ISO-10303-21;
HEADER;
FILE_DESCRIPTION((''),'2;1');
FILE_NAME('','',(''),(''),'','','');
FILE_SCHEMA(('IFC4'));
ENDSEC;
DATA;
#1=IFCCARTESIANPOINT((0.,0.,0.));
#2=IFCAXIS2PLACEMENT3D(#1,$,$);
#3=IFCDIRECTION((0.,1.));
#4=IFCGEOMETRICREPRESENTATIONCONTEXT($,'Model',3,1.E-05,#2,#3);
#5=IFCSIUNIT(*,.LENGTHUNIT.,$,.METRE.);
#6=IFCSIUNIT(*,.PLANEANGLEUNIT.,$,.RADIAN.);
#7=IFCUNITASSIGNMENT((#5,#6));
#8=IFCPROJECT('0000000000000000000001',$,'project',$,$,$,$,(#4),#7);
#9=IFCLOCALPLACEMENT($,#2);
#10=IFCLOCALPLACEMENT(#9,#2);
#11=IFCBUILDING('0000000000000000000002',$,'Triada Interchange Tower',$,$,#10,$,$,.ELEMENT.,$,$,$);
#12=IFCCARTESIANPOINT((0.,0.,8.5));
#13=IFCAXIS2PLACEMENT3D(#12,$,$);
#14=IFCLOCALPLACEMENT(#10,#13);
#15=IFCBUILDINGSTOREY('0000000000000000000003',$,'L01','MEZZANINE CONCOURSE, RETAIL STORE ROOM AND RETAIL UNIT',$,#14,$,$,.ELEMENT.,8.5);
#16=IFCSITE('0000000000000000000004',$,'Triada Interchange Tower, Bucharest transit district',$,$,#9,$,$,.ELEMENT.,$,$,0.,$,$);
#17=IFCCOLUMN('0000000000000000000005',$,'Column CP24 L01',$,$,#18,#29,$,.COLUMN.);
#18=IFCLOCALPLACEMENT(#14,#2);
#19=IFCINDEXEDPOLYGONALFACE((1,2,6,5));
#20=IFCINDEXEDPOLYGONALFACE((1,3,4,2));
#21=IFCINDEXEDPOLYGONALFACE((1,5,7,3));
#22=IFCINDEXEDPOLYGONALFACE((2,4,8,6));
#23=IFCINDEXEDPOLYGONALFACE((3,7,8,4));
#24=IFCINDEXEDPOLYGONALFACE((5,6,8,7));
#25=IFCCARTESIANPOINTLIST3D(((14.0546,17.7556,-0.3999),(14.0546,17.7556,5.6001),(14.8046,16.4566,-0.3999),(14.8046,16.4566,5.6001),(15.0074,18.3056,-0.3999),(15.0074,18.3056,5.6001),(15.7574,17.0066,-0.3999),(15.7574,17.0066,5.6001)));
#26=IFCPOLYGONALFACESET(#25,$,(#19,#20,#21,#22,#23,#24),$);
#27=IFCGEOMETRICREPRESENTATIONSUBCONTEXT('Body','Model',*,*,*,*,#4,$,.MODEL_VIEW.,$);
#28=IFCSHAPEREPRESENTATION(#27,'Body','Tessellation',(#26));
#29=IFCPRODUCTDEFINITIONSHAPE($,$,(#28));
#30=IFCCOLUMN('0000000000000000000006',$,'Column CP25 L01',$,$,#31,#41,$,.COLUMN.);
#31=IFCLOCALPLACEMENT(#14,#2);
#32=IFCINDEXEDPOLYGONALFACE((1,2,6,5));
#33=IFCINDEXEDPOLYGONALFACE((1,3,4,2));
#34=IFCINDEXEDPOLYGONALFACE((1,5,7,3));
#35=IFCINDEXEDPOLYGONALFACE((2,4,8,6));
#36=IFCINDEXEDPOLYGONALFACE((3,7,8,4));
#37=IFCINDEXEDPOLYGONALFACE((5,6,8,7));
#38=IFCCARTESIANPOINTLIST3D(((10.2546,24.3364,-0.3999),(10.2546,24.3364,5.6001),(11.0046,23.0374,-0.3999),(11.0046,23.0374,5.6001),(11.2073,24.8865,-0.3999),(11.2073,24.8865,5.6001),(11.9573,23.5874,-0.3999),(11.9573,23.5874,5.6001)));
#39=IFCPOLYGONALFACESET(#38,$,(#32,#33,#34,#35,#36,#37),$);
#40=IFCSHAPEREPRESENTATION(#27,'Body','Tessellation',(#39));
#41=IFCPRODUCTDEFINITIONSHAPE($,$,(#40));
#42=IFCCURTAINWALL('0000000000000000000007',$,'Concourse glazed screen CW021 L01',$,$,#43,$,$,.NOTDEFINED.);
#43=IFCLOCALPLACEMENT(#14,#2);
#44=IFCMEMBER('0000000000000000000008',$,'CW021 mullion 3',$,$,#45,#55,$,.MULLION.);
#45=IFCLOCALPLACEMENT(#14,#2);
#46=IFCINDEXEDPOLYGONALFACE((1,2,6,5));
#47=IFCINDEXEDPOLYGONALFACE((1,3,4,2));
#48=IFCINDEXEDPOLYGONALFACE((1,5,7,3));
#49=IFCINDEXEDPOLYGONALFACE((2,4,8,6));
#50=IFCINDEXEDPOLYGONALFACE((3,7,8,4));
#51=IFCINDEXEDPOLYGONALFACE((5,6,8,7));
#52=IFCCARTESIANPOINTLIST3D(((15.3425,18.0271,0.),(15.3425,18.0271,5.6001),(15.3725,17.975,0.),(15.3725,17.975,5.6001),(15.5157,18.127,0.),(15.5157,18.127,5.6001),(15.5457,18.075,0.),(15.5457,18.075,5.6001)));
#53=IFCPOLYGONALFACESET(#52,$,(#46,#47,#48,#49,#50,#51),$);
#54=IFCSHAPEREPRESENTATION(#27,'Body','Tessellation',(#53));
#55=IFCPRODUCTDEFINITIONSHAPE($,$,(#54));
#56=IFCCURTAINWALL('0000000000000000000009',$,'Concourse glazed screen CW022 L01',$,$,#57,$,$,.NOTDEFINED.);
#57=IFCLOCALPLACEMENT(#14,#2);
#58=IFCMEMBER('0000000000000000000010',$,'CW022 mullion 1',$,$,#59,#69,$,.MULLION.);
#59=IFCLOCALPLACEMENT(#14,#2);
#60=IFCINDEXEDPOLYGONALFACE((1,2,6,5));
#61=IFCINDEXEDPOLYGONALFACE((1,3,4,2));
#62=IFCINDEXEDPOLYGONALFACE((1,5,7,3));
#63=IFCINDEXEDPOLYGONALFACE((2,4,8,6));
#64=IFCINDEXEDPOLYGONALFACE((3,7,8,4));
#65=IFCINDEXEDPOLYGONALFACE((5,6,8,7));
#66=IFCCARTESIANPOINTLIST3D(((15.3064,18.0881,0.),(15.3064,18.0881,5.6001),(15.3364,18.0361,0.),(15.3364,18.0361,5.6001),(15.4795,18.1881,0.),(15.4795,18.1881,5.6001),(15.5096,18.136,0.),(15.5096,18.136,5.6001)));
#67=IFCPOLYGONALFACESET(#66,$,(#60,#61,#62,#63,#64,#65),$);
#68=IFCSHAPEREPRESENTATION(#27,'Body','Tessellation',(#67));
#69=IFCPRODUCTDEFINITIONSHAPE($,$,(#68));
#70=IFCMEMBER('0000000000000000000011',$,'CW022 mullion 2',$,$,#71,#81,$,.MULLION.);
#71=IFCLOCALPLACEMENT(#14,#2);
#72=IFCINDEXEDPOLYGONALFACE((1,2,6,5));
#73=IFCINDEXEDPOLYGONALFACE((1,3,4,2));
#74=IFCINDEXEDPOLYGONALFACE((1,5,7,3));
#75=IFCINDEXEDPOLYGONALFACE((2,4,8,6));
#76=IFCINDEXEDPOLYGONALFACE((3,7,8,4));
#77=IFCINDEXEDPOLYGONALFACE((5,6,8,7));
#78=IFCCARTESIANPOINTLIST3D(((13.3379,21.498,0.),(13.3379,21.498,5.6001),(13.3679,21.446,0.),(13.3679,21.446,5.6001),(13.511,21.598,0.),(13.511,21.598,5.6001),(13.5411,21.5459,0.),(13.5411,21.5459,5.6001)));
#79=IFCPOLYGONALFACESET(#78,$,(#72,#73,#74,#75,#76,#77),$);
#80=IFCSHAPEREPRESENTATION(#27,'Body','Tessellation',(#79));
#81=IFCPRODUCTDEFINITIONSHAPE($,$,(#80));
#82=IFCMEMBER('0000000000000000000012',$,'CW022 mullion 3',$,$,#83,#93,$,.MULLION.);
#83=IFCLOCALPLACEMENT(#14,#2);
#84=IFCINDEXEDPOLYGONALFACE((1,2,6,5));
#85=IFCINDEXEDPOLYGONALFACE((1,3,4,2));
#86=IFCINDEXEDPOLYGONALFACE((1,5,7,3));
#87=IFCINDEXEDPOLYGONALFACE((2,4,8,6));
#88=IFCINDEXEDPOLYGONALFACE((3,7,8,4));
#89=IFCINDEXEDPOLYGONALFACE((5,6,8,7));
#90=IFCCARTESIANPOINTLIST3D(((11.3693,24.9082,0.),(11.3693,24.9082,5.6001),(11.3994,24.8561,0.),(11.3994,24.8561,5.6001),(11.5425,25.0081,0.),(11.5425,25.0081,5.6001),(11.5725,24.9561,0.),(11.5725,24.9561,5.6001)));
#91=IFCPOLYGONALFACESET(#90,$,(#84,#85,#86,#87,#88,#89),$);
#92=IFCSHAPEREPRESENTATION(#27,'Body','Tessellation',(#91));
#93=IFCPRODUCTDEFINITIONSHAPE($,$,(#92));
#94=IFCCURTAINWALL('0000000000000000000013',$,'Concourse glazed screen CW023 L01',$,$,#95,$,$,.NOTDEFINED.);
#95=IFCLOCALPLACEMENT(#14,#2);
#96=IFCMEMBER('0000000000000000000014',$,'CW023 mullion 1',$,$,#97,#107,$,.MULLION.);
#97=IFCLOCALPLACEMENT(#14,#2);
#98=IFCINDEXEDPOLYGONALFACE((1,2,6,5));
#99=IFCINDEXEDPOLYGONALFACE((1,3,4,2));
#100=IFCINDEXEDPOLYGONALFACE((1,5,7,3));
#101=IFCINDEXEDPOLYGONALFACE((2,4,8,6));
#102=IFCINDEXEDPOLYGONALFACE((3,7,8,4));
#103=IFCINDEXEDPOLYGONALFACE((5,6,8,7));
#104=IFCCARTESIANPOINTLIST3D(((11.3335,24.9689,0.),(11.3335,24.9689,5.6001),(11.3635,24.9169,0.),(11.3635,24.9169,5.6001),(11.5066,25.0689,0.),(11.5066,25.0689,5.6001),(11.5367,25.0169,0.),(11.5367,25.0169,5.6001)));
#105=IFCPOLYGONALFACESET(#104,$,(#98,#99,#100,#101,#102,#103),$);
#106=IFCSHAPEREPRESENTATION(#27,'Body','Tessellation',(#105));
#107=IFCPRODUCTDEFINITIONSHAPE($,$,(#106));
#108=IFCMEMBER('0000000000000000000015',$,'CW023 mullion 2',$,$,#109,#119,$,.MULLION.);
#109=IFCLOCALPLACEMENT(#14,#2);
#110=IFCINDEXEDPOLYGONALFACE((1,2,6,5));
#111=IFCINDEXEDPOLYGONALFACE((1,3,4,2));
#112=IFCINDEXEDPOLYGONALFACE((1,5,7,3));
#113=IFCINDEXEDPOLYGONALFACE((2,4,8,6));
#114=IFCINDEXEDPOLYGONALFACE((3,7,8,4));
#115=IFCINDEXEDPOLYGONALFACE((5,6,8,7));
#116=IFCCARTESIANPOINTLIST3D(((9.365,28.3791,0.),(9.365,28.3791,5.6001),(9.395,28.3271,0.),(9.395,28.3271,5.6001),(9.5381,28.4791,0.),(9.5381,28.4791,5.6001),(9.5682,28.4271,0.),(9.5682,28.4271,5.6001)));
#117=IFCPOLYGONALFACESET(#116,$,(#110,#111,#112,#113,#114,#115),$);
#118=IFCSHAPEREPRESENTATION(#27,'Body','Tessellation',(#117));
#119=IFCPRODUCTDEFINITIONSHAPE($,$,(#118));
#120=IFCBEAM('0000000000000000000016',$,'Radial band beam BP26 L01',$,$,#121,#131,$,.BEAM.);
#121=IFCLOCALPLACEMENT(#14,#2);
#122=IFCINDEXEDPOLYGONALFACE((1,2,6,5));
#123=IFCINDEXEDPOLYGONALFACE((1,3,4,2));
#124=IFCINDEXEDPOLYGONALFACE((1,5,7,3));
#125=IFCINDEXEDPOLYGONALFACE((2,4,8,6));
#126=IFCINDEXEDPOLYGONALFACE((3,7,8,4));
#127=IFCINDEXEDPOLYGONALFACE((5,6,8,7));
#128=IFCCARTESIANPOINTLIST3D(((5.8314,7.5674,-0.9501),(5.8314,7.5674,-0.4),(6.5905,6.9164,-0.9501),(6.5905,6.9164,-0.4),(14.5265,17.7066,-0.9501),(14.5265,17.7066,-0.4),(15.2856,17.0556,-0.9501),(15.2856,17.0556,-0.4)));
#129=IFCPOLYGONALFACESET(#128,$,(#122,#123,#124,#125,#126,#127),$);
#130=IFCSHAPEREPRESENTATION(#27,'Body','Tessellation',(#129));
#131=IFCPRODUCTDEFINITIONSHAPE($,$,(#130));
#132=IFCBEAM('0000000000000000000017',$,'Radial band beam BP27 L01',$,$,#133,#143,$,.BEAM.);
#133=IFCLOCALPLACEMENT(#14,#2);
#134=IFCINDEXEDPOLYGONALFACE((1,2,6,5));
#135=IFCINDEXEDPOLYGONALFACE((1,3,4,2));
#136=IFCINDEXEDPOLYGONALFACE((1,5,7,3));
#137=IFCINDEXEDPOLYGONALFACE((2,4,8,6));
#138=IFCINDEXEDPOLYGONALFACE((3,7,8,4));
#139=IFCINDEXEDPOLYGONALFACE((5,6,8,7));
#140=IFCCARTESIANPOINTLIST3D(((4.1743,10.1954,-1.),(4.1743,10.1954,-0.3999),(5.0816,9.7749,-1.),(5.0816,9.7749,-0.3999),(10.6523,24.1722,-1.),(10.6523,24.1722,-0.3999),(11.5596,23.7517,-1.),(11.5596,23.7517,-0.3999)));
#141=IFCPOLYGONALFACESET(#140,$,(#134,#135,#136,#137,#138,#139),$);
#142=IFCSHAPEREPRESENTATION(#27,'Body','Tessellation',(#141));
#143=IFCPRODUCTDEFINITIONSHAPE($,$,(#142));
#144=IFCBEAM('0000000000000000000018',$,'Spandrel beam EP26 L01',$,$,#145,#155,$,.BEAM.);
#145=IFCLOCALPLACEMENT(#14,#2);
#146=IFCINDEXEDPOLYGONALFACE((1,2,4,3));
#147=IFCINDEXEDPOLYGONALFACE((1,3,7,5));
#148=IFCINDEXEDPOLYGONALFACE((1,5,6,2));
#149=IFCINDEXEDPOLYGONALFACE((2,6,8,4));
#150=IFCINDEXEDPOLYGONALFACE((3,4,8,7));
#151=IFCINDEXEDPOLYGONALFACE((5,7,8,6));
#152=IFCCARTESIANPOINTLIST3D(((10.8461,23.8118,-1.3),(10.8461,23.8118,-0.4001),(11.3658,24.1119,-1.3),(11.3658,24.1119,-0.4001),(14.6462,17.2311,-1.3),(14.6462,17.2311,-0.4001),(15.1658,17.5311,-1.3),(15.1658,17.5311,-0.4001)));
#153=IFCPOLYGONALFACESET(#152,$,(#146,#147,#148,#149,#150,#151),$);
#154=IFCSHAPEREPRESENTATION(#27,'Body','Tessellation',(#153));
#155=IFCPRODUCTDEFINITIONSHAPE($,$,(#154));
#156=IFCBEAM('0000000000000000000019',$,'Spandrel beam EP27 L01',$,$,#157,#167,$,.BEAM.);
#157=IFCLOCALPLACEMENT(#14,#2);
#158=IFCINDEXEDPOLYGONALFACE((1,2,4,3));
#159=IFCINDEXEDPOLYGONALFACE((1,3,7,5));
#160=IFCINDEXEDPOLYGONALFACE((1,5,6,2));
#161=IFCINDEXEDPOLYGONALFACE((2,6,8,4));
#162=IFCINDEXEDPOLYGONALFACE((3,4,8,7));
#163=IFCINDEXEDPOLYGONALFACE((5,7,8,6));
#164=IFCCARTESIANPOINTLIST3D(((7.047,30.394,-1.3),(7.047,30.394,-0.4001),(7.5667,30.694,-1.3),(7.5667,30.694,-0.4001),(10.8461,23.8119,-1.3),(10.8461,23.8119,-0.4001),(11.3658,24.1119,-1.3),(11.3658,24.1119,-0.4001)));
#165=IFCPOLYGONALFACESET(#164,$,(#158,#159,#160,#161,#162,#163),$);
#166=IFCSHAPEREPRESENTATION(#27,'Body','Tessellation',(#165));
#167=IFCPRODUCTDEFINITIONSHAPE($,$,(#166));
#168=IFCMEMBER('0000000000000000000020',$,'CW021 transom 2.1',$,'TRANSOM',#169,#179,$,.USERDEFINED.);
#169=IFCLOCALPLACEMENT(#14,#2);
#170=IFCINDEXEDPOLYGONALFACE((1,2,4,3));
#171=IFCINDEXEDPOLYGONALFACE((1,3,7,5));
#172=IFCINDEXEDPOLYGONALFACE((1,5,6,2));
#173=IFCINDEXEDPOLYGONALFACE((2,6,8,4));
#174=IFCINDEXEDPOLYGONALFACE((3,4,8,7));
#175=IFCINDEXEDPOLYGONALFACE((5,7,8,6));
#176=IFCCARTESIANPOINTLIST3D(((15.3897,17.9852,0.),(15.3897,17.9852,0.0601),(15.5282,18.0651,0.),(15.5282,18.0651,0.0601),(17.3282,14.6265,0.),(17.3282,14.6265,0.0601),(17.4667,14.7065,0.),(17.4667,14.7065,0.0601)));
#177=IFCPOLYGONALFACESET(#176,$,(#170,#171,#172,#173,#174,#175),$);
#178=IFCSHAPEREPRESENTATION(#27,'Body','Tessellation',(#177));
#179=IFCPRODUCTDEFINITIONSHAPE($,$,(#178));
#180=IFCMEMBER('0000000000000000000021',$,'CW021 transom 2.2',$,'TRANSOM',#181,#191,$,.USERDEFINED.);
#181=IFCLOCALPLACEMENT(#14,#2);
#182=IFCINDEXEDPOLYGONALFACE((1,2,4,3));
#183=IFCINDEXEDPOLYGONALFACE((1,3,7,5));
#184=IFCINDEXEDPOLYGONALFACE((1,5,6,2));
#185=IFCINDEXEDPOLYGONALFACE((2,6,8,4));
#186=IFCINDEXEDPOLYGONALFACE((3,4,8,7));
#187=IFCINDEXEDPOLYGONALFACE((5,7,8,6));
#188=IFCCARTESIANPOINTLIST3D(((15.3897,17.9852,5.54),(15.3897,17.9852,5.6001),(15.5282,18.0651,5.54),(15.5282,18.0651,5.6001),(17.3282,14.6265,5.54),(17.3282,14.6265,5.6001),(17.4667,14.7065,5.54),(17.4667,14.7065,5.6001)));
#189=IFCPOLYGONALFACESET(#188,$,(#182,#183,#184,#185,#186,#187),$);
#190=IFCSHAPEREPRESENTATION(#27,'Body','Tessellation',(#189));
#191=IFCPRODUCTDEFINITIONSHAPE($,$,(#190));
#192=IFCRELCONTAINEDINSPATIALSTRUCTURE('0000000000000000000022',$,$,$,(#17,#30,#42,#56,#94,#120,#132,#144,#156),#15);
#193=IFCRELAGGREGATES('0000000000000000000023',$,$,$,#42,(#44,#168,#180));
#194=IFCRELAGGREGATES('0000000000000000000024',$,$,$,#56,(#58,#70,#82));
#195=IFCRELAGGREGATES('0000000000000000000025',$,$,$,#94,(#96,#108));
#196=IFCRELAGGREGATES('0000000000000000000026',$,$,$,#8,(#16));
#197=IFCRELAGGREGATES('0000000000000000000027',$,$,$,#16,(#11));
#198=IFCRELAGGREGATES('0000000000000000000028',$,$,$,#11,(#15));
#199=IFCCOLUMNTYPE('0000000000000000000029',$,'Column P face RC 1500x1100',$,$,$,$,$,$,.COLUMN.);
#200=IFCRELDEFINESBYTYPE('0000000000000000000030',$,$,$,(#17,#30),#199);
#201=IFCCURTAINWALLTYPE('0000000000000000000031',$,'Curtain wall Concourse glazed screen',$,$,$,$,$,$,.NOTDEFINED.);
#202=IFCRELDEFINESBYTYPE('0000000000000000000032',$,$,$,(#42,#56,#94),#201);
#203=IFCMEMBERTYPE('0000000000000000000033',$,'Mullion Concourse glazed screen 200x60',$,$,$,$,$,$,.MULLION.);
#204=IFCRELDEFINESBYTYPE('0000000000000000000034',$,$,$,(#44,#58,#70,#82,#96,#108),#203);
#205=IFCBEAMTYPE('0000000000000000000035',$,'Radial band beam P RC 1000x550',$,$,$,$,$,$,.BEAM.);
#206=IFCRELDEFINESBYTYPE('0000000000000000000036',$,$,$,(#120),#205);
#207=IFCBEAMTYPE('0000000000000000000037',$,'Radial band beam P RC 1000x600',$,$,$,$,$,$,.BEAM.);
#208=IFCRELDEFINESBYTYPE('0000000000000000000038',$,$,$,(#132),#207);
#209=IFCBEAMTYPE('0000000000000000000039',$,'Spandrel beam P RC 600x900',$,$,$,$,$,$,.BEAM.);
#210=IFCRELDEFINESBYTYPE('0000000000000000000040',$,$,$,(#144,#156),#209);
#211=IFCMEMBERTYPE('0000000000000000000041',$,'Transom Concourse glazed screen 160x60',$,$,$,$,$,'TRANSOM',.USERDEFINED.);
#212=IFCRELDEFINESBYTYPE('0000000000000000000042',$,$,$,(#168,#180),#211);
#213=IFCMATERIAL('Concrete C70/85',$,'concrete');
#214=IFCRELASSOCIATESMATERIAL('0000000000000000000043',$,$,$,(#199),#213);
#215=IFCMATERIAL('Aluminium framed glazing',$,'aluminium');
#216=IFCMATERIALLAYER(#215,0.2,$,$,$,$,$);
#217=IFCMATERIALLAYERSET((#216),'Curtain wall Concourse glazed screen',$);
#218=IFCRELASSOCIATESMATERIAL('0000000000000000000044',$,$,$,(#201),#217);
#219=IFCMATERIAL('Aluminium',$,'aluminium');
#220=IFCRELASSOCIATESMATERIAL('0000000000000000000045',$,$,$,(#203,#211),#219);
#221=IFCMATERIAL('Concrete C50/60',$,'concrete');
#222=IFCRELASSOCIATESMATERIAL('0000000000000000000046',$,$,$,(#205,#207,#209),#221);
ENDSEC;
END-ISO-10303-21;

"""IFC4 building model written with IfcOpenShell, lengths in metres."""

from ifc_helpers import new_model, si_unit, direction, frame, origin, origin_2d, place, context, subcontext, project, spatial, rectangle, extrude, material, layer, layer_set, material_profile, profile_set, type_object, element, aggregate, save


model = new_model("IFC4")

# Units and contexts
model_context = context("Model", 3, precision=1e-05, world=origin(), true_north=direction((0.0, 1.0)))
body_context = subcontext(model_context, "Body", "Model", "MODEL_VIEW")
ifc_project = project(units=[si_unit("LENGTHUNIT", "METRE"), si_unit("PLANEANGLEUNIT", "RADIAN")], contexts=[model_context])

# Site, building, storey
site_placement = place(None, origin())
site = spatial("IfcSite", under=ifc_project, at=site_placement, Name="Triada Interchange Tower, Bucharest transit district", CompositionType="ELEMENT", RefElevation=0.0)
building_placement = place(site_placement, origin())
building = spatial("IfcBuilding", under=site, at=building_placement, Name="Triada Interchange Tower", CompositionType="ELEMENT")
storey_placement = place(building_placement, frame((0.0, 0.0, 8.5)))
storey = spatial("IfcBuildingStorey", under=building, at=storey_placement, Name="L01", Description="MEZZANINE CONCOURSE, RETAIL STORE ROOM AND RETAIL UNIT", CompositionType="ELEMENT", Elevation=8.5)

# Columns
ifc_material_1 = material(Name="Concrete C70/85", Category="concrete")
ifc_material_profile_1 = material_profile(ifc_material_1, rectangle(XDim=1.5, YDim=1.1001, at=origin_2d()), Name="RC 1500x1100")
ifc_profile_set_1 = profile_set([ifc_material_profile_1], Name="Concrete C70/85")
column_type = type_object("IfcColumnType", Name="Column P face RC 1500x1100", PredefinedType="COLUMN", material=ifc_profile_set_1)
for number, where, z_axis, x_axis, name in (
    (1, (14.906, 17.3811, -0.3999), (0.0, 0.0, 1.0), (-0.5, 0.866025, 0.0), "Column CP24 L01"),
    (2, (11.106, 23.9619, -0.3999), (0.0, 0.0, 1.0), (-0.5, 0.866025, 0.0), "Column CP25 L01"),
):
    element("IfcColumn", number, at=place(storey_placement, frame(where, z_axis=z_axis, x_axis=x_axis)), inside=storey, type_object=column_type, Name=name, PredefinedType="COLUMN", context=body_context, shape_type="SweptSolid", body=[
        extrude(rectangle(XDim=1.5, YDim=1.1001, at=origin_2d()), origin(), (0.0, 0.0, 1.0), 6.0),
    ])

# Curtain wall, member
ifc_material_2 = material(Name="Aluminium framed glazing", Category="aluminium")
ifc_layer_1 = layer(ifc_material_2, 0.2)
ifc_layer_set_1 = layer_set([ifc_layer_1], Name="Curtain wall Concourse glazed screen")
curtain_wall_type = type_object("IfcCurtainWallType", Name="Curtain wall Concourse glazed screen", PredefinedType="NOTDEFINED", material=ifc_layer_set_1)
curtain_wall_1_placement = place(storey_placement, origin())
curtain_wall_1 = element("IfcCurtainWall", 3, at=curtain_wall_1_placement, inside=storey, type_object=curtain_wall_type, Name="Concourse glazed screen CW021 L01", PredefinedType="NOTDEFINED")
ifc_material_3 = material(Name="Aluminium", Category="aluminium")
ifc_material_profile_2 = material_profile(ifc_material_3, rectangle(XDim=0.2, YDim=0.0601, at=origin_2d()), Name="Aluminium mullion")
ifc_profile_set_2 = profile_set([ifc_material_profile_2], Name="Aluminium")
member_type_1 = type_object("IfcMemberType", Name="Mullion Concourse glazed screen 200x60", PredefinedType="MULLION", material=ifc_profile_set_2)
member_1_placement = place(storey_placement, frame((15.4441, 18.051, 0.0), z_axis=(0.0, 0.0, 1.0), x_axis=(-0.866087, -0.499893, 0.0)))
member_1 = element("IfcMember", 4, at=member_1_placement, type_object=member_type_1, Name="CW021 mullion 3", PredefinedType="MULLION", context=body_context, shape_type="SweptSolid", body=[
    extrude(rectangle(XDim=0.2, YDim=0.0601, at=origin_2d()), origin(), (0.0, 0.0, 1.0), 5.6001),
])

# Curtain walls, members
curtain_wall_2_placement = place(storey_placement, origin())
curtain_wall_2 = element("IfcCurtainWall", 5, at=curtain_wall_2_placement, inside=storey, type_object=curtain_wall_type, Name="Concourse glazed screen CW022 L01", PredefinedType="NOTDEFINED")
member_2_placement = place(storey_placement, frame((15.408, 18.1121, 0.0), z_axis=(0.0, 0.0, 1.0), x_axis=(-0.866055, -0.499948, 0.0)))
member_2 = element("IfcMember", 6, at=member_2_placement, type_object=member_type_1, Name="CW022 mullion 1", PredefinedType="MULLION", context=body_context, shape_type="SweptSolid", body=[
    extrude(rectangle(XDim=0.2, YDim=0.0601, at=origin_2d()), origin(), (0.0, 0.0, 1.0), 5.6001),
])
member_3_placement = place(storey_placement, frame((13.4395, 21.522, 0.0), z_axis=(0.0, 0.0, 1.0), x_axis=(-0.866055, -0.499948, 0.0)))
member_3 = element("IfcMember", 7, at=member_3_placement, type_object=member_type_1, Name="CW022 mullion 2", PredefinedType="MULLION", context=body_context, shape_type="SweptSolid", body=[
    extrude(rectangle(XDim=0.2, YDim=0.0601, at=origin_2d()), origin(), (0.0, 0.0, 1.0), 5.6001),
])
member_4_placement = place(storey_placement, frame((11.4709, 24.9321, 0.0), z_axis=(0.0, 0.0, 1.0), x_axis=(-0.866055, -0.499948, 0.0)))
member_4 = element("IfcMember", 8, at=member_4_placement, type_object=member_type_1, Name="CW022 mullion 3", PredefinedType="MULLION", context=body_context, shape_type="SweptSolid", body=[
    extrude(rectangle(XDim=0.2, YDim=0.0601, at=origin_2d()), origin(), (0.0, 0.0, 1.0), 5.6001),
])
curtain_wall_3_placement = place(storey_placement, origin())
curtain_wall_3 = element("IfcCurtainWall", 9, at=curtain_wall_3_placement, inside=storey, type_object=curtain_wall_type, Name="Concourse glazed screen CW023 L01", PredefinedType="NOTDEFINED")
member_5_placement = place(storey_placement, frame((11.4351, 24.9929, 0.0), z_axis=(0.0, 0.0, 1.0), x_axis=(-0.866055, -0.499948, 0.0)))
member_5 = element("IfcMember", 10, at=member_5_placement, type_object=member_type_1, Name="CW023 mullion 1", PredefinedType="MULLION", context=body_context, shape_type="SweptSolid", body=[
    extrude(rectangle(XDim=0.2, YDim=0.0601, at=origin_2d()), origin(), (0.0, 0.0, 1.0), 5.6001),
])
member_6_placement = place(storey_placement, frame((9.4666, 28.4031, 0.0), z_axis=(0.0, 0.0, 1.0), x_axis=(-0.866055, -0.499948, 0.0)))
member_6 = element("IfcMember", 11, at=member_6_placement, type_object=member_type_1, Name="CW023 mullion 2", PredefinedType="MULLION", context=body_context, shape_type="SweptSolid", body=[
    extrude(rectangle(XDim=0.2, YDim=0.0601, at=origin_2d()), origin(), (0.0, 0.0, 1.0), 5.6001),
])

# Beams
ifc_material_4 = material(Name="Concrete C50/60", Category="concrete")
ifc_material_profile_3 = material_profile(ifc_material_4, rectangle(XDim=1.0, YDim=0.55, at=origin_2d()), Name="RC 1000x550")
ifc_profile_set_3 = profile_set([ifc_material_profile_3], Name="Concrete C50/60")
beam_type_1 = type_object("IfcBeamType", Name="Radial band beam P RC 1000x550", PredefinedType="BEAM", material=ifc_profile_set_3)
beam_1_placement = place(storey_placement, frame((14.906, 17.3811, -0.675), z_axis=(-0.65098, -0.759095, 0.0), x_axis=(0.759095, -0.65098, 0.0)))
element("IfcBeam", 12, at=beam_1_placement, inside=storey, type_object=beam_type_1, Name="Radial band beam BP26 L01", PredefinedType="BEAM", context=body_context, shape_type="SweptSolid", body=[
    extrude(rectangle(XDim=1.0, YDim=0.55, at=origin_2d()), origin(), (0.0, 0.0, 1.0), 13.3569),
])
ifc_material_profile_4 = material_profile(ifc_material_4, rectangle(XDim=1.0, YDim=0.6001, at=origin_2d()), Name="RC 1000x600")
ifc_profile_set_4 = profile_set([ifc_material_profile_4], Name="Concrete C50/60")
beam_type_2 = type_object("IfcBeamType", Name="Radial band beam P RC 1000x600", PredefinedType="BEAM", material=ifc_profile_set_4)
beam_2_placement = place(storey_placement, frame((11.106, 23.9619, -0.7), z_axis=(-0.420513, -0.907287, 0.0), x_axis=(0.907287, -0.420513, 0.0)))
element("IfcBeam", 13, at=beam_2_placement, inside=storey, type_object=beam_type_2, Name="Radial band beam BP27 L01", PredefinedType="BEAM", context=body_context, shape_type="SweptSolid", body=[
    extrude(rectangle(XDim=1.0, YDim=0.6001, at=origin_2d()), origin(), (0.0, 0.0, 1.0), 15.405),
])
ifc_material_profile_5 = material_profile(ifc_material_4, rectangle(XDim=0.6001, YDim=0.8999, at=origin_2d()), Name="RC 600x900")
ifc_profile_set_5 = profile_set([ifc_material_profile_5], Name="Concrete C50/60")
beam_type_3 = type_object("IfcBeamType", Name="Spandrel beam P RC 600x900", PredefinedType="BEAM", material=ifc_profile_set_5)
beam_3_placement = place(storey_placement, frame((14.906, 17.3811, -0.8501), z_axis=(-0.500061, 0.86599, 0.0), x_axis=(-0.86599, -0.500061, 0.0)))
element("IfcBeam", 14, at=beam_3_placement, inside=storey, type_object=beam_type_3, Name="Spandrel beam EP26 L01", PredefinedType="BEAM", context=body_context, shape_type="SweptSolid", body=[
    extrude(rectangle(XDim=0.6001, YDim=0.8999, at=origin_2d()), origin(), (0.0, 0.0, 1.0), 7.5991),
])
beam_4_placement = place(storey_placement, frame((11.106, 23.9619, -0.8501), z_axis=(-0.499895, 0.866086, 0.0), x_axis=(-0.866086, -0.499895, 0.0)))
element("IfcBeam", 15, at=beam_4_placement, inside=storey, type_object=beam_type_3, Name="Spandrel beam EP27 L01", PredefinedType="BEAM", context=body_context, shape_type="SweptSolid", body=[
    extrude(rectangle(XDim=0.6001, YDim=0.8999, at=origin_2d()), origin(), (0.0, 0.0, 1.0), 7.5999),
])

# Members
ifc_material_profile_6 = material_profile(ifc_material_3, rectangle(XDim=0.1599, YDim=0.0601, at=origin_2d()), Name="Aluminium transom")
ifc_profile_set_6 = profile_set([ifc_material_profile_6], Name="Aluminium")
member_type_2 = type_object("IfcMemberType", Name="Transom Concourse glazed screen 160x60", ElementType="TRANSOM", PredefinedType="USERDEFINED", material=ifc_profile_set_6)
member_7_placement = place(storey_placement, frame((17.3975, 14.6665, 0.03), z_axis=(-0.499877, 0.866096, 0.0), x_axis=(-0.866096, -0.499877, 0.0)))
member_7 = element("IfcMember", 16, at=member_7_placement, type_object=member_type_2, Name="CW021 transom 2.1", ObjectType="TRANSOM", PredefinedType="USERDEFINED", context=body_context, shape_type="SweptSolid", body=[
    extrude(rectangle(XDim=0.1599, YDim=0.0601, at=origin_2d()), origin(), (0.0, 0.0, 1.0), 3.8779),
])
member_8_placement = place(storey_placement, frame((17.3975, 14.6665, 5.5701), z_axis=(-0.499877, 0.866096, 0.0), x_axis=(-0.866096, -0.499877, 0.0)))
member_8 = element("IfcMember", 17, at=member_8_placement, type_object=member_type_2, Name="CW021 transom 2.2", ObjectType="TRANSOM", PredefinedType="USERDEFINED", context=body_context, shape_type="SweptSolid", body=[
    extrude(rectangle(XDim=0.1599, YDim=0.0601, at=origin_2d()), origin(), (0.0, 0.0, 1.0), 3.8779),
])

aggregate(curtain_wall_1, [member_1, member_7, member_8])
aggregate(curtain_wall_2, [member_2, member_3, member_4])
aggregate(curtain_wall_3, [member_5, member_6])

save(model, "model.ifc")
